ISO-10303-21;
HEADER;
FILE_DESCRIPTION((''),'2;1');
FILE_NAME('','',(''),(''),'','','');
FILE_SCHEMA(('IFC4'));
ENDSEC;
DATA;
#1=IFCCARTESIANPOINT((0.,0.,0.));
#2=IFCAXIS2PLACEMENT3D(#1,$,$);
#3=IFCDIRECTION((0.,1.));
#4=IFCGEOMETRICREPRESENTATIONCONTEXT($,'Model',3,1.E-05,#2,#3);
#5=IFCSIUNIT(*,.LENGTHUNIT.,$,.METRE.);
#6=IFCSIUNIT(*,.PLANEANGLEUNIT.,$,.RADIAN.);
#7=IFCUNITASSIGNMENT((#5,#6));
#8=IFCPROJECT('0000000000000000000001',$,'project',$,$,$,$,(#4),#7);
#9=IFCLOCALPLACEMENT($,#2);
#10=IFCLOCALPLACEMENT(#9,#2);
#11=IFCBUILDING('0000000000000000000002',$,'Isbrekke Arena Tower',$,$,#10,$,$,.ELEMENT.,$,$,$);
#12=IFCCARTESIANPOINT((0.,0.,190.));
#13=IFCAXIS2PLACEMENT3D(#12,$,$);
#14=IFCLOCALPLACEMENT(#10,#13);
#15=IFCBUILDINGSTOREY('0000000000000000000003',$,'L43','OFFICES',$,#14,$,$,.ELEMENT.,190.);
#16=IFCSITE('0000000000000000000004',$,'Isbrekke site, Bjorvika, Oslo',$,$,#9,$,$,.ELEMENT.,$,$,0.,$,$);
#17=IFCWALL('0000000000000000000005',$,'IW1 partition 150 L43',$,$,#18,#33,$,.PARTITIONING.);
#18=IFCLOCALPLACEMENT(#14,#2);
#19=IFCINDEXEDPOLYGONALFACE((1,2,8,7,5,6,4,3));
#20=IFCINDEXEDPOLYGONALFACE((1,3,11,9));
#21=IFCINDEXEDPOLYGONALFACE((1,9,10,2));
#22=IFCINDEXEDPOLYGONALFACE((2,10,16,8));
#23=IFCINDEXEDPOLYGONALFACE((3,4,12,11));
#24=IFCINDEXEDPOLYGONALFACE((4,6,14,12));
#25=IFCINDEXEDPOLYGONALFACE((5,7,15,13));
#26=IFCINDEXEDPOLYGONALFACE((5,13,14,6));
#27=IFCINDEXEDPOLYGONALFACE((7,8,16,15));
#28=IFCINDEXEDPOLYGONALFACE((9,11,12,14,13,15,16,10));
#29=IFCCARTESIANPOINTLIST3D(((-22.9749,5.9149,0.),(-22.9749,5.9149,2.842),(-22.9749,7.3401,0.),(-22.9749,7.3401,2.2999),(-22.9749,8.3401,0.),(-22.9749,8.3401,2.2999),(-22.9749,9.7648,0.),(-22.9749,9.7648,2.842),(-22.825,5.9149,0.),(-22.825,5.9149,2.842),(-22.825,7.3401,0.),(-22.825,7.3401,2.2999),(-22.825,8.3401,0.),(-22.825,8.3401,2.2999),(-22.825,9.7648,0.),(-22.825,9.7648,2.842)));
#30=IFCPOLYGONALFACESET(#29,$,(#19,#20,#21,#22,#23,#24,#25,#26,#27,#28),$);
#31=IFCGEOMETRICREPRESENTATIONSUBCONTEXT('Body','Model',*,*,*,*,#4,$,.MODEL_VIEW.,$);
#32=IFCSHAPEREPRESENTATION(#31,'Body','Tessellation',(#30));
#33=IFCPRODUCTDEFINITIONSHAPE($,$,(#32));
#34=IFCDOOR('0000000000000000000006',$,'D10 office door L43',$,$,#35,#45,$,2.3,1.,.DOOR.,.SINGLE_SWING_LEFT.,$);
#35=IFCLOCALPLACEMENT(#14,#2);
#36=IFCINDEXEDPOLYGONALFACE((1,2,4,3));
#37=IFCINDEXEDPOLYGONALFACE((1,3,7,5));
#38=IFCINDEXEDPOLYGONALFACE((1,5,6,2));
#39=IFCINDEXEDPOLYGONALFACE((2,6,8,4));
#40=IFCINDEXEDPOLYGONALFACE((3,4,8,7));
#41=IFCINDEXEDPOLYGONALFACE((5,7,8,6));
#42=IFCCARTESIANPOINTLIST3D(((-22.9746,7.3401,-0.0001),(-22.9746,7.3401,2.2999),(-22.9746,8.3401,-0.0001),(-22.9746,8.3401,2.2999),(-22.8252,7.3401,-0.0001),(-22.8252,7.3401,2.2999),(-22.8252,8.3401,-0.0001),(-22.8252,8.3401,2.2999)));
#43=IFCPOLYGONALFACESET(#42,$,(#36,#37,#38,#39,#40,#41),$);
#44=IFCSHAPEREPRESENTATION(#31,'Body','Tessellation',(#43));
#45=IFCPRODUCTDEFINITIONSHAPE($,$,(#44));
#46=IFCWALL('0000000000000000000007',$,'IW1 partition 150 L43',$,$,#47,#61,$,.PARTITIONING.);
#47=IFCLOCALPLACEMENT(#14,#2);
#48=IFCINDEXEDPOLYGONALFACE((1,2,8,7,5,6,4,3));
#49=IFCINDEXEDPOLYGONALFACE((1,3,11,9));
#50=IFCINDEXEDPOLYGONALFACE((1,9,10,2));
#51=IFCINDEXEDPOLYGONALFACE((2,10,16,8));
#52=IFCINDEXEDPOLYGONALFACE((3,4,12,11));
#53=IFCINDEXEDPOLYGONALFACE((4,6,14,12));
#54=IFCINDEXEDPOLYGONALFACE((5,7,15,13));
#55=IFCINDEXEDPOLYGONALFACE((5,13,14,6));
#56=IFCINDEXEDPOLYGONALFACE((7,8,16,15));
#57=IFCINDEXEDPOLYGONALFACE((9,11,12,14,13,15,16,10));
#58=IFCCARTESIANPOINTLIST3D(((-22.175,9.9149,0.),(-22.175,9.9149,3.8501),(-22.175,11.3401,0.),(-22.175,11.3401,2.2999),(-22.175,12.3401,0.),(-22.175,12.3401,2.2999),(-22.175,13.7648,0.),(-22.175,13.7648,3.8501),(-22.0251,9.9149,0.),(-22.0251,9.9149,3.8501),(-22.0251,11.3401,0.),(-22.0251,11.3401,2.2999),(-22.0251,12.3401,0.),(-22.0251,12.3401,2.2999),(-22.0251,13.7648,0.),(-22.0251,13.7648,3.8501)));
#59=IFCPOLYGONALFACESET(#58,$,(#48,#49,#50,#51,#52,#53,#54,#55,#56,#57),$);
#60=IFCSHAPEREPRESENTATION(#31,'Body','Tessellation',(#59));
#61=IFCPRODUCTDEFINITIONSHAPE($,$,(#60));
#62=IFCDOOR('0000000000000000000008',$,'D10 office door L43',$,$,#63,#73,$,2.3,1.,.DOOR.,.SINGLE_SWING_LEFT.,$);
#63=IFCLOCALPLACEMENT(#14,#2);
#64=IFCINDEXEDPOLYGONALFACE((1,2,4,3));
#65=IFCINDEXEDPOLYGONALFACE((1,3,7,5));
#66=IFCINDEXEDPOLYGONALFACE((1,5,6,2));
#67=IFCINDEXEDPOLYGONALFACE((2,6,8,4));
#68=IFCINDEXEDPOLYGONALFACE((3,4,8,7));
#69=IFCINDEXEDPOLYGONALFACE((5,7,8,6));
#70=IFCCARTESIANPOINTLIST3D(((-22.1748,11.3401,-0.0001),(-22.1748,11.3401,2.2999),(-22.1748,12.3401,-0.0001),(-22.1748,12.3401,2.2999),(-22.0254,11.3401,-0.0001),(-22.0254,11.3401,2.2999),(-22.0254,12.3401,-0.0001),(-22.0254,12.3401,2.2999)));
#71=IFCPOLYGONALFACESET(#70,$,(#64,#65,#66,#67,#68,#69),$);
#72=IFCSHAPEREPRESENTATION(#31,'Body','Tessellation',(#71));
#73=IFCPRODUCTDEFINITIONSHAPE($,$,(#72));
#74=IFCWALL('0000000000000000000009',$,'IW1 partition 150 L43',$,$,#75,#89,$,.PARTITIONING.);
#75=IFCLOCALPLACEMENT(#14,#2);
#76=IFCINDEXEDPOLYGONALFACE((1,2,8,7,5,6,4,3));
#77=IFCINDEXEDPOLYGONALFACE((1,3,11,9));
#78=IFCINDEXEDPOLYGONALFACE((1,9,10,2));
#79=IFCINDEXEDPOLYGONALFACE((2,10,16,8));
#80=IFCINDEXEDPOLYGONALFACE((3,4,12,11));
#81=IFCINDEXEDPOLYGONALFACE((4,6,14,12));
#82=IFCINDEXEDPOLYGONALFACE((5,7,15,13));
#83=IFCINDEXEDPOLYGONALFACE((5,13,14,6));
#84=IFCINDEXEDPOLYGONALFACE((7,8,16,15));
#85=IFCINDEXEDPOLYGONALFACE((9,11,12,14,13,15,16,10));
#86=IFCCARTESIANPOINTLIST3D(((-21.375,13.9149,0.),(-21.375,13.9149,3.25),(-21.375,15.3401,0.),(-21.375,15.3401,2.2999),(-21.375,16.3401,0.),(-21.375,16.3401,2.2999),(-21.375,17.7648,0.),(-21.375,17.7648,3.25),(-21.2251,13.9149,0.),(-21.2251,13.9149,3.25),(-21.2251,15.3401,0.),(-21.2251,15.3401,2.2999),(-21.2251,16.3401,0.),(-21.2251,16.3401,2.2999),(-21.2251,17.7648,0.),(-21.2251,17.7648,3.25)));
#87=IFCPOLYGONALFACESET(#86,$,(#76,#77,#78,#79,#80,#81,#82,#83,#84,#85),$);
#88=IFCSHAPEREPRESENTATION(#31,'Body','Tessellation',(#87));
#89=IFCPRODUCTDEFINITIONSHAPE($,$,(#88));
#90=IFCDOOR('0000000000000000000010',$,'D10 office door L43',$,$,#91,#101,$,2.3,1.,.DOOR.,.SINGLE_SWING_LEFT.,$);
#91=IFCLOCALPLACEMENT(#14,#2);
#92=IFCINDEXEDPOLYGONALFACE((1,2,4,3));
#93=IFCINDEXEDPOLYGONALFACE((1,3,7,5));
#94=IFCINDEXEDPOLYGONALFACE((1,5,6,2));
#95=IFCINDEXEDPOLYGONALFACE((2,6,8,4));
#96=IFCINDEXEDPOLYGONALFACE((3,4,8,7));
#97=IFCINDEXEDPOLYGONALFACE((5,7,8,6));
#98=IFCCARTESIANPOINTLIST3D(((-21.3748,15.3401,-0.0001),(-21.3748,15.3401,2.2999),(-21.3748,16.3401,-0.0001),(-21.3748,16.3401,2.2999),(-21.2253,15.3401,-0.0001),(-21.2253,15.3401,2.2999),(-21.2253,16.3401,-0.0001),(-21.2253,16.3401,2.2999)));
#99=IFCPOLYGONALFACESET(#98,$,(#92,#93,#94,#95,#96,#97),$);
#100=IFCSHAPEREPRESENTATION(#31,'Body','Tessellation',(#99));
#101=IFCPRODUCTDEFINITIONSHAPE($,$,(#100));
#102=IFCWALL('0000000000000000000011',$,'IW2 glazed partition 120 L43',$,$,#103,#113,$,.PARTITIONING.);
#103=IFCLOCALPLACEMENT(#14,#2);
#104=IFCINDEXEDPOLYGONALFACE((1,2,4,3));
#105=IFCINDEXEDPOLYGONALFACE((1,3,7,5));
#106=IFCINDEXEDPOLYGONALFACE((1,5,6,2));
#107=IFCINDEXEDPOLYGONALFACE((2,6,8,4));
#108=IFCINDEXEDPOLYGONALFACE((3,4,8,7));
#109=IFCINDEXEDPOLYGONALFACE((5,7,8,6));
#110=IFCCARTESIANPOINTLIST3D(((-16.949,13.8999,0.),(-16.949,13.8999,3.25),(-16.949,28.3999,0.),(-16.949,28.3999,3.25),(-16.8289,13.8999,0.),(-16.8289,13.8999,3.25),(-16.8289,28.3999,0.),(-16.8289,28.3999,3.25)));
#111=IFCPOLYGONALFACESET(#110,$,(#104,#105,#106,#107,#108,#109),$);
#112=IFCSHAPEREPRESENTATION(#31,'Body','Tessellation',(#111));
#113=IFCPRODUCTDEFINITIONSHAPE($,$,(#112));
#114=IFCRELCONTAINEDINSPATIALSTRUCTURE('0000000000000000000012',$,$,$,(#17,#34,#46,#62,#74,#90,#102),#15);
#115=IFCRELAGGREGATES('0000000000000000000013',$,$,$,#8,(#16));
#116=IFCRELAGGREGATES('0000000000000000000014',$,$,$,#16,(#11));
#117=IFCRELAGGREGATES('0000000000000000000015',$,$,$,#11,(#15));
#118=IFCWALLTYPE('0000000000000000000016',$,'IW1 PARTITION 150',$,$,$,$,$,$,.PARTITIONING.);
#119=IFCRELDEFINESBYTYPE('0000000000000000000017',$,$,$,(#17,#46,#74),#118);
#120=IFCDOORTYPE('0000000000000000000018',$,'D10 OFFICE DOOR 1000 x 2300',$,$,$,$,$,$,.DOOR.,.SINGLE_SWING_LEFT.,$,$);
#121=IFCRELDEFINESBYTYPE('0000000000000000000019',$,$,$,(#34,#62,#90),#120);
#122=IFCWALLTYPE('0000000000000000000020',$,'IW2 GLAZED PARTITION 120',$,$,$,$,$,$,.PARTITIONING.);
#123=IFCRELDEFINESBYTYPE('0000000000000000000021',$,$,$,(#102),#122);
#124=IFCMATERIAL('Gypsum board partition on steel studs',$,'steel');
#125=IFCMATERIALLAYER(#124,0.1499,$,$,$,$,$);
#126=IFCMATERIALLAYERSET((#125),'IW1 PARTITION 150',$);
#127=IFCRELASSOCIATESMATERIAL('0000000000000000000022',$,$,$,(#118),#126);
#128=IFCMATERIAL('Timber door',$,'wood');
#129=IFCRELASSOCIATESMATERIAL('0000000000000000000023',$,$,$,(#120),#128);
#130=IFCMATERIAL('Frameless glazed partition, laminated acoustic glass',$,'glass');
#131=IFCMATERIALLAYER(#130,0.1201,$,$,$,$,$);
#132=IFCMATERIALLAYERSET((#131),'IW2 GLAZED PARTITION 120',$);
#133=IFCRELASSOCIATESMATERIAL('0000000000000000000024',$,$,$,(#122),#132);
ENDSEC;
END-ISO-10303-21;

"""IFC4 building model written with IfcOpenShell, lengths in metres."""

from ifc_helpers import new_model, si_unit, direction, frame, frame_2d, origin, place, context, subcontext, project, spatial, rectangle, extrude, material, layer, layer_set, type_object, element, fill, save


model = new_model("IFC4")

# Units and contexts
model_context = context("Model", 3, precision=1e-05, world=origin(), true_north=direction((0.0, 1.0)))
body_context = subcontext(model_context, "Body", "Model", "MODEL_VIEW")
ifc_project = project(units=[si_unit("LENGTHUNIT", "METRE"), si_unit("PLANEANGLEUNIT", "RADIAN")], contexts=[model_context])

# Site, building, storey
site_placement = place(None, origin())
site = spatial("IfcSite", under=ifc_project, at=site_placement, Name="Isbrekke site, Bjorvika, Oslo", CompositionType="ELEMENT", RefElevation=0.0)
building_placement = place(site_placement, origin())
building = spatial("IfcBuilding", under=site, at=building_placement, Name="Isbrekke Arena Tower", CompositionType="ELEMENT")
storey_placement = place(building_placement, frame((0.0, 0.0, 190.0)))
storey = spatial("IfcBuildingStorey", under=building, at=storey_placement, Name="L43", Description="OFFICES", CompositionType="ELEMENT", Elevation=190.0)

# Shared definitions
ifc_material_1 = material(Name="Gypsum board partition on steel studs", Category="steel")
ifc_layer_1 = layer(ifc_material_1, 0.1499)
ifc_layer_set_1 = layer_set([ifc_layer_1], Name="IW1 PARTITION 150")
wall_type_1 = type_object("IfcWallType", Name="IW1 PARTITION 150", PredefinedType="PARTITIONING", material=ifc_layer_set_1)

# Walls, openings, doors
wall_1_placement = place(storey_placement, frame((-22.8999, 5.915, 0.0), z_axis=(0.0, 0.0, 1.0), x_axis=(0.0, 1.0, 0.0)))
wall_1 = element("IfcWall", 1, at=wall_1_placement, inside=storey, type_object=wall_type_1, Name="IW1 partition 150 L43", PredefinedType="PARTITIONING", context=body_context, shape_type="SweptSolid", body=[
    extrude(rectangle(XDim=3.8499, YDim=0.1499, at=frame_2d((1.9248, 0.0))), origin(), (0.0, 0.0, 1.0), 2.842),
])
opening_1_placement = place(wall_1_placement, frame((1.425, 0.0, 0.0)))
opening_1 = element("IfcOpeningElement", 2, at=opening_1_placement, cuts=wall_1, PredefinedType="OPENING", context=body_context, shape_type="SweptSolid", body=[
    extrude(rectangle(XDim=1.0, YDim=2.3, at=frame_2d((0.5, 1.1499))), frame((0.0, 0.0898, 0.0), z_axis=(0.0, -1.0, 0.0), x_axis=(1.0, 0.0, 0.0)), (0.0, 0.0, 1.0), 0.1797),
])
ifc_material_2 = material(Name="Timber door", Category="wood")
door_type = type_object("IfcDoorType", Name="D10 OFFICE DOOR 1000 x 2300", OperationType="SINGLE_SWING_LEFT", PredefinedType="DOOR", material=ifc_material_2)
door_1_placement = place(opening_1_placement, origin())
door_1 = element("IfcDoor", 3, at=door_1_placement, inside=storey, type_object=door_type, Name="D10 office door L43", OperationType="SINGLE_SWING_LEFT", OverallHeight=2.3, OverallWidth=1.0, PredefinedType="DOOR", context=body_context, shape_type="SweptSolid", body=[
    extrude(rectangle(XDim=1.0, YDim=2.3, at=frame_2d((0.5, 1.1499))), frame((0.0, 0.0747, 0.0), z_axis=(0.0, -1.0, 0.0), x_axis=(1.0, 0.0, 0.0)), (0.0, 0.0, 1.0), 0.1494),
])
fill(opening_1, door_1)
wall_2_placement = place(storey_placement, frame((-22.1001, 9.915, 0.0), z_axis=(0.0, 0.0, 1.0), x_axis=(0.0, 1.0, 0.0)))
wall_2 = element("IfcWall", 4, at=wall_2_placement, inside=storey, type_object=wall_type_1, Name="IW1 partition 150 L43", PredefinedType="PARTITIONING", context=body_context, shape_type="SweptSolid", body=[
    extrude(rectangle(XDim=3.8499, YDim=0.1499, at=frame_2d((1.9248, 0.0))), origin(), (0.0, 0.0, 1.0), 3.8501),
])
opening_2_placement = place(wall_2_placement, frame((1.425, 0.0, 0.0)))
opening_2 = element("IfcOpeningElement", 5, at=opening_2_placement, cuts=wall_2, PredefinedType="OPENING", context=body_context, shape_type="SweptSolid", body=[
    extrude(rectangle(XDim=1.0, YDim=2.3, at=frame_2d((0.5, 1.1499))), frame((0.0, 0.0898, 0.0), z_axis=(0.0, -1.0, 0.0), x_axis=(1.0, 0.0, 0.0)), (0.0, 0.0, 1.0), 0.1797),
])
door_2_placement = place(opening_2_placement, origin())
door_2 = element("IfcDoor", 6, at=door_2_placement, inside=storey, type_object=door_type, Name="D10 office door L43", OperationType="SINGLE_SWING_LEFT", OverallHeight=2.3, OverallWidth=1.0, PredefinedType="DOOR", context=body_context, shape_type="SweptSolid", body=[
    extrude(rectangle(XDim=1.0, YDim=2.3, at=frame_2d((0.5, 1.1499))), frame((0.0, 0.0747, 0.0), z_axis=(0.0, -1.0, 0.0), x_axis=(1.0, 0.0, 0.0)), (0.0, 0.0, 1.0), 0.1494),
])
fill(opening_2, door_2)
wall_3_placement = place(storey_placement, frame((-21.3, 13.915, 0.0), z_axis=(0.0, 0.0, 1.0), x_axis=(0.0, 1.0, 0.0)))
wall_3 = element("IfcWall", 7, at=wall_3_placement, inside=storey, type_object=wall_type_1, Name="IW1 partition 150 L43", PredefinedType="PARTITIONING", context=body_context, shape_type="SweptSolid", body=[
    extrude(rectangle(XDim=3.8499, YDim=0.1499, at=frame_2d((1.9248, 0.0))), origin(), (0.0, 0.0, 1.0), 3.25),
])
opening_3_placement = place(wall_3_placement, frame((1.425, 0.0, 0.0)))
opening_3 = element("IfcOpeningElement", 8, at=opening_3_placement, cuts=wall_3, PredefinedType="OPENING", context=body_context, shape_type="SweptSolid", body=[
    extrude(rectangle(XDim=1.0, YDim=2.3, at=frame_2d((0.5, 1.1499))), frame((0.0, 0.0898, 0.0), z_axis=(0.0, -1.0, 0.0), x_axis=(1.0, 0.0, 0.0)), (0.0, 0.0, 1.0), 0.1797),
])
door_3_placement = place(opening_3_placement, origin())
door_3 = element("IfcDoor", 9, at=door_3_placement, inside=storey, type_object=door_type, Name="D10 office door L43", OperationType="SINGLE_SWING_LEFT", OverallHeight=2.3, OverallWidth=1.0, PredefinedType="DOOR", context=body_context, shape_type="SweptSolid", body=[
    extrude(rectangle(XDim=1.0, YDim=2.3, at=frame_2d((0.5, 1.1499))), frame((0.0, 0.0747, 0.0), z_axis=(0.0, -1.0, 0.0), x_axis=(1.0, 0.0, 0.0)), (0.0, 0.0, 1.0), 0.1494),
])
fill(opening_3, door_3)

# Wall
ifc_material_3 = material(Name="Frameless glazed partition, laminated acoustic glass", Category="glass")
ifc_layer_2 = layer(ifc_material_3, 0.1201)
ifc_layer_set_2 = layer_set([ifc_layer_2], Name="IW2 GLAZED PARTITION 120")
wall_type_2 = type_object("IfcWallType", Name="IW2 GLAZED PARTITION 120", PredefinedType="PARTITIONING", material=ifc_layer_set_2)
wall_4_placement = place(storey_placement, frame((-16.8889, 13.8999, 0.0), z_axis=(0.0, 0.0, 1.0), x_axis=(0.0, 1.0, 0.0)))
element("IfcWall", 10, at=wall_4_placement, inside=storey, type_object=wall_type_2, Name="IW2 glazed partition 120 L43", PredefinedType="PARTITIONING", context=body_context, shape_type="SweptSolid", body=[
    extrude(rectangle(XDim=14.5, YDim=0.1201, at=frame_2d((7.25, 0.0))), origin(), (0.0, 0.0, 1.0), 3.25),
])

save(model, "model.ifc")
